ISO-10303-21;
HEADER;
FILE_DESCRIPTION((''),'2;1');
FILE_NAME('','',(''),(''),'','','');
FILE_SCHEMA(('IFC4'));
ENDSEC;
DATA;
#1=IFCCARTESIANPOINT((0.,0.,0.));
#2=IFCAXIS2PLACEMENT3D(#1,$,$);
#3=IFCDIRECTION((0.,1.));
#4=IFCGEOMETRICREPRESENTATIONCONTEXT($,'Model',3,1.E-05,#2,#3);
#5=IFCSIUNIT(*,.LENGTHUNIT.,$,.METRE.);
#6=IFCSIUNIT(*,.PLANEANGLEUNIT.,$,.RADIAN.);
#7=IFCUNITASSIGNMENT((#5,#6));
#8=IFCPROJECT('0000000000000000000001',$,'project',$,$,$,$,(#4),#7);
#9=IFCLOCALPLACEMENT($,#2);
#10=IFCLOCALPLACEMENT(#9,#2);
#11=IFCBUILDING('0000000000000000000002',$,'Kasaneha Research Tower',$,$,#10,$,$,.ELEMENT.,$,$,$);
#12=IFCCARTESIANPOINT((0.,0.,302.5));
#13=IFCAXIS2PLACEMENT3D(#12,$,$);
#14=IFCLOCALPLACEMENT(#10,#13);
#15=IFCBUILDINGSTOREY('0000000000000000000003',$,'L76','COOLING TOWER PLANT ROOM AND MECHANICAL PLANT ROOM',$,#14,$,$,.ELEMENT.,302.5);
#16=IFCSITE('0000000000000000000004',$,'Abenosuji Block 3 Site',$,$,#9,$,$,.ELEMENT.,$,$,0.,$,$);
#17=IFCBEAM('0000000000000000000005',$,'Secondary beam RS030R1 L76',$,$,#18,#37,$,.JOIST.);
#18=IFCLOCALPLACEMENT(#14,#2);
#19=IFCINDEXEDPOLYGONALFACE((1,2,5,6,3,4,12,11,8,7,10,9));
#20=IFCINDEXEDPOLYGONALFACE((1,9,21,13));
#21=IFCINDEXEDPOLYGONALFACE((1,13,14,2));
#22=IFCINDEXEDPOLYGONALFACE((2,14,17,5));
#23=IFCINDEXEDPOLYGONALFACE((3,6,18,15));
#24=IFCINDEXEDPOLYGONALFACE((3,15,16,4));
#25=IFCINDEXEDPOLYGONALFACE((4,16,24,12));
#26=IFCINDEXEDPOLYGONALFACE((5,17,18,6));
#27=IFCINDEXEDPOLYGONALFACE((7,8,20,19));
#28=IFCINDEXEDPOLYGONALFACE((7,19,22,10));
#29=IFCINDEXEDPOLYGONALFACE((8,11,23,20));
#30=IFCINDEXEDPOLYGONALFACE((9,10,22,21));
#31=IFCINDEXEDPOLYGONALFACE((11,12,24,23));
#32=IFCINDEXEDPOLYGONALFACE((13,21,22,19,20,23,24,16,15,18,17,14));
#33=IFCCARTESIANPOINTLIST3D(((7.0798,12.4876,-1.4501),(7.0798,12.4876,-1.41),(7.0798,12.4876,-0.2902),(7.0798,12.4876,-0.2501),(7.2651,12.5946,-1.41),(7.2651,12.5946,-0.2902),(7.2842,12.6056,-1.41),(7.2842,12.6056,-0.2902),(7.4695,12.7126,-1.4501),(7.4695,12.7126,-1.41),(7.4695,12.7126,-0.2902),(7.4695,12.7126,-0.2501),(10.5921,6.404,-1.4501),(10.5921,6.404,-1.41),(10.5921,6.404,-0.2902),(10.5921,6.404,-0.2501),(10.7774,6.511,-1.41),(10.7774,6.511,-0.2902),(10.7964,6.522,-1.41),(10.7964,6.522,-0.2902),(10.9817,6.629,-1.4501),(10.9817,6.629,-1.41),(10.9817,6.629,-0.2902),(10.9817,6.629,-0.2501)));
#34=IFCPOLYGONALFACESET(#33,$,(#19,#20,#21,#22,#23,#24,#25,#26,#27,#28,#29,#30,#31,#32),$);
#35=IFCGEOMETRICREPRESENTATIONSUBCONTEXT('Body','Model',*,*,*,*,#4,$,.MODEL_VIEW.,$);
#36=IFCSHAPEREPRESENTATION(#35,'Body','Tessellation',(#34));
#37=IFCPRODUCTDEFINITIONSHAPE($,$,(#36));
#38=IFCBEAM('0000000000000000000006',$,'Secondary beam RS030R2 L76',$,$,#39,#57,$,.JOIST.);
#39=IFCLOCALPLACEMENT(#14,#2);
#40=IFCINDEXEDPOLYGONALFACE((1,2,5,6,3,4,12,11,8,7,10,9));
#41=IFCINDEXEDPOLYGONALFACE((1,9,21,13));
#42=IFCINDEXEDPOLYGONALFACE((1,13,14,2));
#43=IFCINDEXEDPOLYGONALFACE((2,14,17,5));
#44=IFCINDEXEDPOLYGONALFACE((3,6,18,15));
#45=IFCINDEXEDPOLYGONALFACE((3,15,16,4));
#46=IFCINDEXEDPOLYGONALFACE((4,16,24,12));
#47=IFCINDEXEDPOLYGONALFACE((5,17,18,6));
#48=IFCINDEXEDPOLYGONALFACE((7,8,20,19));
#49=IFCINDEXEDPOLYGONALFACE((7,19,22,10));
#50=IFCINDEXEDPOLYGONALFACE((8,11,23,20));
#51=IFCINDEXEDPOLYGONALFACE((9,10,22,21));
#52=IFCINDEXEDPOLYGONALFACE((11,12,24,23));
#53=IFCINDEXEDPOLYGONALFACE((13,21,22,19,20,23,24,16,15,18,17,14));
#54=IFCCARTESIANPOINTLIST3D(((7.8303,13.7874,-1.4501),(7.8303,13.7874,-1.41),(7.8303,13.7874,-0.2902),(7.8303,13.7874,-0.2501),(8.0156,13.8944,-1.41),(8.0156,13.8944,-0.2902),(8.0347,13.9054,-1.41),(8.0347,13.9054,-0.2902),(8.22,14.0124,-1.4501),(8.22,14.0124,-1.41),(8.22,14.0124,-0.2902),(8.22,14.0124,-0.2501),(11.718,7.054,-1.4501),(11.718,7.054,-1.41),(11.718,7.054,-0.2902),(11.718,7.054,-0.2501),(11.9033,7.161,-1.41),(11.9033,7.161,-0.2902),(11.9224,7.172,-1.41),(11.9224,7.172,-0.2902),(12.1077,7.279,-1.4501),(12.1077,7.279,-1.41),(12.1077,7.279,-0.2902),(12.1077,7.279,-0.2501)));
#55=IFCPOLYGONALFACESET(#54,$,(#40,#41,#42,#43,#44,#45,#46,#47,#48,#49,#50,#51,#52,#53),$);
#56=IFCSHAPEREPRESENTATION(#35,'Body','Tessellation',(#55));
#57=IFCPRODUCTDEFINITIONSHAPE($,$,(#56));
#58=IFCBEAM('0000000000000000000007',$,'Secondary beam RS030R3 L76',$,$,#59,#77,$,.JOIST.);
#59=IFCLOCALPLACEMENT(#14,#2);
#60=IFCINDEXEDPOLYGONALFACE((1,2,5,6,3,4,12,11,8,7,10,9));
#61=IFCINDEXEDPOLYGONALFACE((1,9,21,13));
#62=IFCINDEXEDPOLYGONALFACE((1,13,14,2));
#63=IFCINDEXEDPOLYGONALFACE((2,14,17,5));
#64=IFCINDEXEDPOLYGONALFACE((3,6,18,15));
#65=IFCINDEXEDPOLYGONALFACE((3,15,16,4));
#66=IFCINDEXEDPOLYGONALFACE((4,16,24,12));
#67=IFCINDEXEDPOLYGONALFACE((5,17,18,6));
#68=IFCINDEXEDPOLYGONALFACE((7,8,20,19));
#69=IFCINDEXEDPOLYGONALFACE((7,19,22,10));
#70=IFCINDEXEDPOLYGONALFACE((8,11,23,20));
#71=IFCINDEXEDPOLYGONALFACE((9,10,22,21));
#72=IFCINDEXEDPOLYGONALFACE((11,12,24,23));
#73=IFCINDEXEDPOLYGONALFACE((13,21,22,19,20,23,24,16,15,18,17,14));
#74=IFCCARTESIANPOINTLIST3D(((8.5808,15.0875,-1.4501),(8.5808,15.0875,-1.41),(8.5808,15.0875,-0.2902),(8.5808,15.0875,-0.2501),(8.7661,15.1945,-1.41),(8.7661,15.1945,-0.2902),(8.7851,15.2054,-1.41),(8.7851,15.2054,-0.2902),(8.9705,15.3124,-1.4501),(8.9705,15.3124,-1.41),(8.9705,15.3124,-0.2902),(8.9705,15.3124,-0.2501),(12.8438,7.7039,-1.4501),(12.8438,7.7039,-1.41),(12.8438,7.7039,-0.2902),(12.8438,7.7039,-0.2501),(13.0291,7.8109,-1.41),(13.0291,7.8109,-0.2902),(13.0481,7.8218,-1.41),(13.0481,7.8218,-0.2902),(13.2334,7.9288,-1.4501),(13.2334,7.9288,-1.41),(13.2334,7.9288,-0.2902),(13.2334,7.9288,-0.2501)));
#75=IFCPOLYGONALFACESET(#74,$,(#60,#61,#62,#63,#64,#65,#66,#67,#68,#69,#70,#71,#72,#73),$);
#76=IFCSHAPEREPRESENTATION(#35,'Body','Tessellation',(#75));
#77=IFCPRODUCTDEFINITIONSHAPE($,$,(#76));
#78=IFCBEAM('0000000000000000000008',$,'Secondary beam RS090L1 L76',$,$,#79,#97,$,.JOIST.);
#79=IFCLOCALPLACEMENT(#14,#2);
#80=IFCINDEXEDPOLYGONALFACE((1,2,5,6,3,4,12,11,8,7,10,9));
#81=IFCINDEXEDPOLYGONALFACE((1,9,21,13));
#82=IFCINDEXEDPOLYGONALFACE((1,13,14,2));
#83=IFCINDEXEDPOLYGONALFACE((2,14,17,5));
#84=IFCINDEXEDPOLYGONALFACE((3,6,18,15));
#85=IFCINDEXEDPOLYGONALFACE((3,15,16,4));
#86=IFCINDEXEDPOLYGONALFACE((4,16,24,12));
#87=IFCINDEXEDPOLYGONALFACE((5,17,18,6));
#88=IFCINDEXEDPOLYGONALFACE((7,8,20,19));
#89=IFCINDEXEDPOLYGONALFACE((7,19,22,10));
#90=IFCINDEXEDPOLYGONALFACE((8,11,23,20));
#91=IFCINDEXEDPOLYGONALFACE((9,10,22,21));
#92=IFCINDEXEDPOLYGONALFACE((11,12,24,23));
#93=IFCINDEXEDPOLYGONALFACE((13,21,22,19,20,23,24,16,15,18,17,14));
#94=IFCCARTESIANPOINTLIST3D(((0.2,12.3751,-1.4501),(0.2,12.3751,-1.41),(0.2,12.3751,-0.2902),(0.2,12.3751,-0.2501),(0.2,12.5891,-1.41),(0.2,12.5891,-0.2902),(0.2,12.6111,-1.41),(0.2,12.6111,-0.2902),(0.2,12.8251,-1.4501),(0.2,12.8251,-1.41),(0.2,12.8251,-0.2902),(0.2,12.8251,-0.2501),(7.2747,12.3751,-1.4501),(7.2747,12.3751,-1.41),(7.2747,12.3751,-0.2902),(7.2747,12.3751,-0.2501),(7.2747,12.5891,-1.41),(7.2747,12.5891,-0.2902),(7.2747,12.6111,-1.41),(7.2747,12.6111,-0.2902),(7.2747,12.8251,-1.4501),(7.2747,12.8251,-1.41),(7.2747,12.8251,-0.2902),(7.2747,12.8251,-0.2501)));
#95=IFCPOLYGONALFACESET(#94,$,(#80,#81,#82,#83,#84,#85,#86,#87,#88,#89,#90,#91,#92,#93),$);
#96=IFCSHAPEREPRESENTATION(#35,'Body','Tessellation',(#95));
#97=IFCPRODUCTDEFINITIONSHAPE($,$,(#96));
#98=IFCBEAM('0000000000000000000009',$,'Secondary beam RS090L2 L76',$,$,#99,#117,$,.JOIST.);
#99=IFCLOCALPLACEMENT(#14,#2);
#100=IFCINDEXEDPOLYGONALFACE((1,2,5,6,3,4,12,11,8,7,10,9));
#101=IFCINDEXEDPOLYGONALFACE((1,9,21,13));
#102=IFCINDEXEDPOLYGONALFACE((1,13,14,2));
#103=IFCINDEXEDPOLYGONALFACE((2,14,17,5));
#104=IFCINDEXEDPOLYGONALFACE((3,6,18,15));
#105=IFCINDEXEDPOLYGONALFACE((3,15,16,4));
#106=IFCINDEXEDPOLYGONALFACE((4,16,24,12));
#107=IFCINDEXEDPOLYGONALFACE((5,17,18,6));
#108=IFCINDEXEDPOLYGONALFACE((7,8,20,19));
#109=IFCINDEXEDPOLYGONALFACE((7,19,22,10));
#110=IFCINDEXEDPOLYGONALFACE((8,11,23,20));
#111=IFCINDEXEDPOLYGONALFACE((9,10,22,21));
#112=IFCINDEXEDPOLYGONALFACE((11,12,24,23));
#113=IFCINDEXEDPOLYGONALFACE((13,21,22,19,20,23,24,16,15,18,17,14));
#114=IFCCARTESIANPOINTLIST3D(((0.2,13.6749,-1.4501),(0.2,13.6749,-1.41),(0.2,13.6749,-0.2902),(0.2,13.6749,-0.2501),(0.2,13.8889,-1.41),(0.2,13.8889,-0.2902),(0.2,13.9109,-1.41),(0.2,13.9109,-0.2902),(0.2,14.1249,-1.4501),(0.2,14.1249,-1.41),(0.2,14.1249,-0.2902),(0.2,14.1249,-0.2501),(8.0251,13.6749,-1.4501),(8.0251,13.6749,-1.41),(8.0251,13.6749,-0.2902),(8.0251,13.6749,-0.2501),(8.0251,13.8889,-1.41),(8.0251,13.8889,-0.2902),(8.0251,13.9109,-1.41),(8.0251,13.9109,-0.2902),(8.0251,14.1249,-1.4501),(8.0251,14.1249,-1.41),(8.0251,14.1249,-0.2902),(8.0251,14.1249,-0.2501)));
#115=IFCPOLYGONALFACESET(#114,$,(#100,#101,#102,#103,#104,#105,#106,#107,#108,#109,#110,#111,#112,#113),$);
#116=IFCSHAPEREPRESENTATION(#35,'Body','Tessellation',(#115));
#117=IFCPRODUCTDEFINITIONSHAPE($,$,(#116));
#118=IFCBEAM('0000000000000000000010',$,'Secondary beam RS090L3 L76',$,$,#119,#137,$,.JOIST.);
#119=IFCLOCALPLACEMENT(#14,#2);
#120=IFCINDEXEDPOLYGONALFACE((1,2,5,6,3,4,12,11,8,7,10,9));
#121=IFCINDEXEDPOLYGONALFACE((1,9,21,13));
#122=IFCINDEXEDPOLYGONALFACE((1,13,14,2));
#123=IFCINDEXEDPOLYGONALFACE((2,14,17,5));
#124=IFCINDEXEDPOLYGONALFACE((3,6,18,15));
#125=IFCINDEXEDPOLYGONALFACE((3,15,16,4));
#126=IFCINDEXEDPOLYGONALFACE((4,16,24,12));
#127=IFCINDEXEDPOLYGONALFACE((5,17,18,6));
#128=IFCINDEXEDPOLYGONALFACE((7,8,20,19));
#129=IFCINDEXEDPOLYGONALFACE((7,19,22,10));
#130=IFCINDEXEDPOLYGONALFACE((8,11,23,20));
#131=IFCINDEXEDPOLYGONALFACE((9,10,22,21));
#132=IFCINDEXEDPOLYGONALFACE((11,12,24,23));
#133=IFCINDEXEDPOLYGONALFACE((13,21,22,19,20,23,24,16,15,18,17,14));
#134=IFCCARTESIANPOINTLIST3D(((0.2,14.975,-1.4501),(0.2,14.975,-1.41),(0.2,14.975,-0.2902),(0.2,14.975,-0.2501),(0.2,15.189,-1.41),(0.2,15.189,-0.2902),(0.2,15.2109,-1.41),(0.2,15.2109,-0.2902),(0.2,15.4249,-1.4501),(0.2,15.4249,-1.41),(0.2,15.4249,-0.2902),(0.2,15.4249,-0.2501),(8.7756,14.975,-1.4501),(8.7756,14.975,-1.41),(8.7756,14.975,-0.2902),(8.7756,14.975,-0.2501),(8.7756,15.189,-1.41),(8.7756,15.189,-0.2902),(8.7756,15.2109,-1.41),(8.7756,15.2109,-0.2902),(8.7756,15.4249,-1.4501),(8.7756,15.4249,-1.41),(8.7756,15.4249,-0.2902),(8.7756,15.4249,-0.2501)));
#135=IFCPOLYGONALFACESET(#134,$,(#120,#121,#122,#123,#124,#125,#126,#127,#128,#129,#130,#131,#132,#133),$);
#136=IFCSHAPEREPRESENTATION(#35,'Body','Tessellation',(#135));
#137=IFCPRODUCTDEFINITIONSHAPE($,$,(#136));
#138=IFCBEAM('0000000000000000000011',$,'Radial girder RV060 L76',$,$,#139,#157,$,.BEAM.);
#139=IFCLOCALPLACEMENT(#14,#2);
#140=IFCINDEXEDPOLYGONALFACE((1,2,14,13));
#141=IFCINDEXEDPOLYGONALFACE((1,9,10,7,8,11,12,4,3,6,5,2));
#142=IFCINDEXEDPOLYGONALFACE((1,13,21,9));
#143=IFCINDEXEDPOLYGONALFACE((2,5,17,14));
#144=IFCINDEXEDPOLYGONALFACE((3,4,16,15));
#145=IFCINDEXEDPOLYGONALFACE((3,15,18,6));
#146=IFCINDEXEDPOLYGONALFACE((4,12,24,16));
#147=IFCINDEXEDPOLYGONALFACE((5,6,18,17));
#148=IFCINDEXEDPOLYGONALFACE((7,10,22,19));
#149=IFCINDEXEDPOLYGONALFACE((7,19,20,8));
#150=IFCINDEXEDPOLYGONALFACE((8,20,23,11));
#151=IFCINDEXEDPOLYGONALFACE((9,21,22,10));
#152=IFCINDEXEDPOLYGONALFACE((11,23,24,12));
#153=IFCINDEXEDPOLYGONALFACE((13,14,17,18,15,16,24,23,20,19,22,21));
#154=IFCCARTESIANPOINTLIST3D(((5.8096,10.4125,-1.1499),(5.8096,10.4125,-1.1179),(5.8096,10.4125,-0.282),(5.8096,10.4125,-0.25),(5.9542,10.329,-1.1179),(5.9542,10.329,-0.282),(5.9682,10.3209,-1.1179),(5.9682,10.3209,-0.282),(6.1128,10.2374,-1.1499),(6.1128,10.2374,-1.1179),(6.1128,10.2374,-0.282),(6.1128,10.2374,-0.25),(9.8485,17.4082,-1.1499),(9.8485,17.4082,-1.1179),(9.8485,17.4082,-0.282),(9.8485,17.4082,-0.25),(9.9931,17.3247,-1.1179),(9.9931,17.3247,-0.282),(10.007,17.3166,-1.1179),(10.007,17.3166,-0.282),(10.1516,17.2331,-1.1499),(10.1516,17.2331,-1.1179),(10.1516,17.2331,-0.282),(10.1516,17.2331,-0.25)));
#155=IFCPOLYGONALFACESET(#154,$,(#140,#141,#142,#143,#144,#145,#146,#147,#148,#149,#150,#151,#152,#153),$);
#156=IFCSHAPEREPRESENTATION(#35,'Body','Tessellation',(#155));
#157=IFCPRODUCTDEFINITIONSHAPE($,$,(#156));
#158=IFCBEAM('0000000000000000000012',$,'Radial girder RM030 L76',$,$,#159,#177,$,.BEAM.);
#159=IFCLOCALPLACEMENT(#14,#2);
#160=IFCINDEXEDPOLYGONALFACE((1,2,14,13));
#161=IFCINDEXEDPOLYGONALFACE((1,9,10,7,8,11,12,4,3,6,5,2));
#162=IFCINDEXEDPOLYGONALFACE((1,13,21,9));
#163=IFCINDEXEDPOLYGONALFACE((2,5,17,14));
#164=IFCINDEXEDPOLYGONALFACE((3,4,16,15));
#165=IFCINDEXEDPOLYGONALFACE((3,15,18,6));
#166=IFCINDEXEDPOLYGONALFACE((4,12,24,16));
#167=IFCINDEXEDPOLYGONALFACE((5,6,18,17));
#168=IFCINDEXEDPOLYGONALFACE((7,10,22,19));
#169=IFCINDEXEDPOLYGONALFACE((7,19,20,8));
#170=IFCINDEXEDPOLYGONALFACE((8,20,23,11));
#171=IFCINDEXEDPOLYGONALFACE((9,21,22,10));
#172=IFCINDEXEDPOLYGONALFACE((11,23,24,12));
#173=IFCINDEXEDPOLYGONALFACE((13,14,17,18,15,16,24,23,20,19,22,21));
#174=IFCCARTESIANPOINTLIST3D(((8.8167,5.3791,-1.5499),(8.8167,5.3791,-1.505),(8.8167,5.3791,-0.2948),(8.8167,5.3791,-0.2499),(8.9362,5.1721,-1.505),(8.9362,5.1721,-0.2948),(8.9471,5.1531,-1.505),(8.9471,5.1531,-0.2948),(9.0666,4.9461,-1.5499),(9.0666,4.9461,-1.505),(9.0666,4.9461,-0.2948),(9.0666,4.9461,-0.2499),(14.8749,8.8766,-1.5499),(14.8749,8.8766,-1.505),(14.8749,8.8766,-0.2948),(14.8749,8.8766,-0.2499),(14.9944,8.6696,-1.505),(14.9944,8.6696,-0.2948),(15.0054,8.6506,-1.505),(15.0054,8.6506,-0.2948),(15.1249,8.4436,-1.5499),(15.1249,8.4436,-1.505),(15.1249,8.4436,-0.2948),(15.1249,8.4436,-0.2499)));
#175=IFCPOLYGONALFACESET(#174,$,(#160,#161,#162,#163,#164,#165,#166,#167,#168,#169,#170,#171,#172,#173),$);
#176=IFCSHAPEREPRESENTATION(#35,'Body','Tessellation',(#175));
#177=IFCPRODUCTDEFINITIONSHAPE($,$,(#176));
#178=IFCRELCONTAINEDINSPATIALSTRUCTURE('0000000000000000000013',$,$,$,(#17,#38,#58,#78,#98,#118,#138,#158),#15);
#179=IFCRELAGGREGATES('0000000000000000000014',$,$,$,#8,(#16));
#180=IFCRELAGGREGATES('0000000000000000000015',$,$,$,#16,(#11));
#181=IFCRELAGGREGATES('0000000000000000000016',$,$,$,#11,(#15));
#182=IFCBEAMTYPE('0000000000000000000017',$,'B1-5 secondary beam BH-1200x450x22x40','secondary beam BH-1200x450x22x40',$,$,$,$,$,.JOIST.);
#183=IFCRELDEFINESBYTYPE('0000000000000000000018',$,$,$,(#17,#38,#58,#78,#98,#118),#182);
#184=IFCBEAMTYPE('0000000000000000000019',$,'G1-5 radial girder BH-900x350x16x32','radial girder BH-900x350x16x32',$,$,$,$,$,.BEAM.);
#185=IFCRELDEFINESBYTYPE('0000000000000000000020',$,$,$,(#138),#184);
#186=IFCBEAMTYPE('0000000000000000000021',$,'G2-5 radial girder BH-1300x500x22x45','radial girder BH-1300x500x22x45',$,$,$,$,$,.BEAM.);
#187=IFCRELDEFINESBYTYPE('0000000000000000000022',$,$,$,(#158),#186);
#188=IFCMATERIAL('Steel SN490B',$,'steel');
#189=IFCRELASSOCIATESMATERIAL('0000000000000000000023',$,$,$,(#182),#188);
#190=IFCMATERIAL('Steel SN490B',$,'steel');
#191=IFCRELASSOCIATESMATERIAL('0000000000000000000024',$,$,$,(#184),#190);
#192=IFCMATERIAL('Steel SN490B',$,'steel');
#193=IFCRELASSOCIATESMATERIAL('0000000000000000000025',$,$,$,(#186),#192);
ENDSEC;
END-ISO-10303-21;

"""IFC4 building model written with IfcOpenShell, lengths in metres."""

from ifc_helpers import new_model, si_unit, direction, frame, origin, origin_2d, place, context, subcontext, project, spatial, i_section, extrude, material, material_profile, profile_set, type_object, element, save


model = new_model("IFC4")

# Units and contexts
model_context = context("Model", 3, precision=1e-05, world=origin(), true_north=direction((0.0, 1.0)))
body_context = subcontext(model_context, "Body", "Model", "MODEL_VIEW")
ifc_project = project(units=[si_unit("LENGTHUNIT", "METRE"), si_unit("PLANEANGLEUNIT", "RADIAN")], contexts=[model_context])

# Site, building, storey
site_placement = place(None, origin())
site = spatial("IfcSite", under=ifc_project, at=site_placement, Name="Abenosuji Block 3 Site", CompositionType="ELEMENT", RefElevation=0.0)
building_placement = place(site_placement, origin())
building = spatial("IfcBuilding", under=site, at=building_placement, Name="Kasaneha Research Tower", CompositionType="ELEMENT")
storey_placement = place(building_placement, frame((0.0, 0.0, 302.5)))
storey = spatial("IfcBuildingStorey", under=building, at=storey_placement, Name="L76", Description="COOLING TOWER PLANT ROOM AND MECHANICAL PLANT ROOM", CompositionType="ELEMENT", Elevation=302.5)

# Beams
ifc_material_1 = material(Name="Steel SN490B", Category="steel")
ifc_material_profile_1 = material_profile(ifc_material_1, i_section(OverallWidth=0.45, OverallDepth=1.2, WebThickness=0.022, FlangeThickness=0.04, at=origin_2d()), Name="BH-1200x450x22x40")
ifc_profile_set_1 = profile_set([ifc_material_profile_1], Name="Steel SN490B")
beam_type_1 = type_object("IfcBeamType", Name="B1-5 secondary beam BH-1200x450x22x40", Description="secondary beam BH-1200x450x22x40", PredefinedType="JOIST", material=ifc_profile_set_1)
beam_1_placement = place(storey_placement, frame((7.2747, 12.6001, -0.8501), z_axis=(0.499989, -0.866032, 0.0), x_axis=(0.866032, 0.499989, 0.0)))
element("IfcBeam", 1, at=beam_1_placement, inside=storey, type_object=beam_type_1, Name="Secondary beam RS030R1 L76", PredefinedType="JOIST", context=body_context, shape_type="SweptSolid", body=[
    extrude(i_section(OverallWidth=0.45, OverallDepth=1.2, WebThickness=0.022, FlangeThickness=0.04, at=origin_2d()), origin(), (0.0, 0.0, 1.0), 7.0247),
])
beam_2_placement = place(storey_placement, frame((8.0251, 13.8999, -0.8501), z_axis=(0.500016, -0.866016, 0.0), x_axis=(0.866016, 0.500016, 0.0)))
element("IfcBeam", 2, at=beam_2_placement, inside=storey, type_object=beam_type_1, Name="Secondary beam RS030R2 L76", PredefinedType="JOIST", context=body_context, shape_type="SweptSolid", body=[
    extrude(i_section(OverallWidth=0.45, OverallDepth=1.2, WebThickness=0.022, FlangeThickness=0.04, at=origin_2d()), origin(), (0.0, 0.0, 1.0), 7.7751),
])
beam_3_placement = place(storey_placement, frame((8.7756, 15.2, -0.8501), z_axis=(0.500004, -0.866023, 0.0), x_axis=(0.866023, 0.500004, 0.0)))
element("IfcBeam", 3, at=beam_3_placement, inside=storey, type_object=beam_type_1, Name="Secondary beam RS030R3 L76", PredefinedType="JOIST", context=body_context, shape_type="SweptSolid", body=[
    extrude(i_section(OverallWidth=0.45, OverallDepth=1.2, WebThickness=0.022, FlangeThickness=0.04, at=origin_2d()), origin(), (0.0, 0.0, 1.0), 8.5259),
])
beam_4_placement = place(storey_placement, frame((7.2747, 12.6001, -0.8501), z_axis=(-1.0, 0.0, 0.0), x_axis=(0.0, -1.0, 0.0)))
element("IfcBeam", 4, at=beam_4_placement, inside=storey, type_object=beam_type_1, Name="Secondary beam RS090L1 L76", PredefinedType="JOIST", context=body_context, shape_type="SweptSolid", body=[
    extrude(i_section(OverallWidth=0.45, OverallDepth=1.2, WebThickness=0.022, FlangeThickness=0.04, at=origin_2d()), origin(), (0.0, 0.0, 1.0), 7.0747),
])
beam_5_placement = place(storey_placement, frame((8.0251, 13.8999, -0.8501), z_axis=(-1.0, 0.0, 0.0), x_axis=(0.0, -1.0, 0.0)))
element("IfcBeam", 5, at=beam_5_placement, inside=storey, type_object=beam_type_1, Name="Secondary beam RS090L2 L76", PredefinedType="JOIST", context=body_context, shape_type="SweptSolid", body=[
    extrude(i_section(OverallWidth=0.45, OverallDepth=1.2, WebThickness=0.022, FlangeThickness=0.04, at=origin_2d()), origin(), (0.0, 0.0, 1.0), 7.8252),
])
beam_6_placement = place(storey_placement, frame((8.7756, 15.2, -0.8501), z_axis=(-1.0, 0.0, 0.0), x_axis=(0.0, -1.0, 0.0)))
element("IfcBeam", 6, at=beam_6_placement, inside=storey, type_object=beam_type_1, Name="Secondary beam RS090L3 L76", PredefinedType="JOIST", context=body_context, shape_type="SweptSolid", body=[
    extrude(i_section(OverallWidth=0.45, OverallDepth=1.2, WebThickness=0.022, FlangeThickness=0.04, at=origin_2d()), origin(), (0.0, 0.0, 1.0), 8.5757),
])
ifc_material_2 = material(Name="Steel SN490B", Category="steel")
ifc_material_profile_2 = material_profile(ifc_material_2, i_section(OverallWidth=0.3501, OverallDepth=0.8999, WebThickness=0.0161, FlangeThickness=0.032, at=origin_2d()), Name="BH-900x350x16x32")
ifc_profile_set_2 = profile_set([ifc_material_profile_2], Name="Steel SN490B")
beam_type_2 = type_object("IfcBeamType", Name="G1-5 radial girder BH-900x350x16x32", Description="radial girder BH-900x350x16x32", PredefinedType="BEAM", material=ifc_profile_set_2)
beam_7_placement = place(storey_placement, frame((5.9612, 10.325, -0.7), z_axis=(0.499991, 0.866031, 0.0), x_axis=(-0.866031, 0.499991, 0.0)))
element("IfcBeam", 7, at=beam_7_placement, inside=storey, type_object=beam_type_2, Name="Radial girder RV060 L76", PredefinedType="BEAM", context=body_context, shape_type="SweptSolid", body=[
    extrude(i_section(OverallWidth=0.3501, OverallDepth=0.8999, WebThickness=0.0161, FlangeThickness=0.032, at=origin_2d()), origin(), (0.0, 0.0, 1.0), 8.0779),
])
ifc_material_3 = material(Name="Steel SN490B", Category="steel")
ifc_material_profile_3 = material_profile(ifc_material_3, i_section(OverallWidth=0.5, OverallDepth=1.3, WebThickness=0.022, FlangeThickness=0.0449, at=origin_2d()), Name="BH-1300x500x22x45")
ifc_profile_set_3 = profile_set([ifc_material_profile_3], Name="Steel SN490B")
beam_type_3 = type_object("IfcBeamType", Name="G2-5 radial girder BH-1300x500x22x45", Description="radial girder BH-1300x500x22x45", PredefinedType="BEAM", material=ifc_profile_set_3)
beam_8_placement = place(storey_placement, frame((8.9417, 5.1626, -0.8999), z_axis=(0.86604, 0.499975, 0.0), x_axis=(-0.499975, 0.86604, 0.0)))
element("IfcBeam", 8, at=beam_8_placement, inside=storey, type_object=beam_type_3, Name="Radial girder RM030 L76", PredefinedType="BEAM", context=body_context, shape_type="SweptSolid", body=[
    extrude(i_section(OverallWidth=0.5, OverallDepth=1.3, WebThickness=0.022, FlangeThickness=0.0449, at=origin_2d()), origin(), (0.0, 0.0, 1.0), 6.9954),
])

save(model, "model.ifc")
